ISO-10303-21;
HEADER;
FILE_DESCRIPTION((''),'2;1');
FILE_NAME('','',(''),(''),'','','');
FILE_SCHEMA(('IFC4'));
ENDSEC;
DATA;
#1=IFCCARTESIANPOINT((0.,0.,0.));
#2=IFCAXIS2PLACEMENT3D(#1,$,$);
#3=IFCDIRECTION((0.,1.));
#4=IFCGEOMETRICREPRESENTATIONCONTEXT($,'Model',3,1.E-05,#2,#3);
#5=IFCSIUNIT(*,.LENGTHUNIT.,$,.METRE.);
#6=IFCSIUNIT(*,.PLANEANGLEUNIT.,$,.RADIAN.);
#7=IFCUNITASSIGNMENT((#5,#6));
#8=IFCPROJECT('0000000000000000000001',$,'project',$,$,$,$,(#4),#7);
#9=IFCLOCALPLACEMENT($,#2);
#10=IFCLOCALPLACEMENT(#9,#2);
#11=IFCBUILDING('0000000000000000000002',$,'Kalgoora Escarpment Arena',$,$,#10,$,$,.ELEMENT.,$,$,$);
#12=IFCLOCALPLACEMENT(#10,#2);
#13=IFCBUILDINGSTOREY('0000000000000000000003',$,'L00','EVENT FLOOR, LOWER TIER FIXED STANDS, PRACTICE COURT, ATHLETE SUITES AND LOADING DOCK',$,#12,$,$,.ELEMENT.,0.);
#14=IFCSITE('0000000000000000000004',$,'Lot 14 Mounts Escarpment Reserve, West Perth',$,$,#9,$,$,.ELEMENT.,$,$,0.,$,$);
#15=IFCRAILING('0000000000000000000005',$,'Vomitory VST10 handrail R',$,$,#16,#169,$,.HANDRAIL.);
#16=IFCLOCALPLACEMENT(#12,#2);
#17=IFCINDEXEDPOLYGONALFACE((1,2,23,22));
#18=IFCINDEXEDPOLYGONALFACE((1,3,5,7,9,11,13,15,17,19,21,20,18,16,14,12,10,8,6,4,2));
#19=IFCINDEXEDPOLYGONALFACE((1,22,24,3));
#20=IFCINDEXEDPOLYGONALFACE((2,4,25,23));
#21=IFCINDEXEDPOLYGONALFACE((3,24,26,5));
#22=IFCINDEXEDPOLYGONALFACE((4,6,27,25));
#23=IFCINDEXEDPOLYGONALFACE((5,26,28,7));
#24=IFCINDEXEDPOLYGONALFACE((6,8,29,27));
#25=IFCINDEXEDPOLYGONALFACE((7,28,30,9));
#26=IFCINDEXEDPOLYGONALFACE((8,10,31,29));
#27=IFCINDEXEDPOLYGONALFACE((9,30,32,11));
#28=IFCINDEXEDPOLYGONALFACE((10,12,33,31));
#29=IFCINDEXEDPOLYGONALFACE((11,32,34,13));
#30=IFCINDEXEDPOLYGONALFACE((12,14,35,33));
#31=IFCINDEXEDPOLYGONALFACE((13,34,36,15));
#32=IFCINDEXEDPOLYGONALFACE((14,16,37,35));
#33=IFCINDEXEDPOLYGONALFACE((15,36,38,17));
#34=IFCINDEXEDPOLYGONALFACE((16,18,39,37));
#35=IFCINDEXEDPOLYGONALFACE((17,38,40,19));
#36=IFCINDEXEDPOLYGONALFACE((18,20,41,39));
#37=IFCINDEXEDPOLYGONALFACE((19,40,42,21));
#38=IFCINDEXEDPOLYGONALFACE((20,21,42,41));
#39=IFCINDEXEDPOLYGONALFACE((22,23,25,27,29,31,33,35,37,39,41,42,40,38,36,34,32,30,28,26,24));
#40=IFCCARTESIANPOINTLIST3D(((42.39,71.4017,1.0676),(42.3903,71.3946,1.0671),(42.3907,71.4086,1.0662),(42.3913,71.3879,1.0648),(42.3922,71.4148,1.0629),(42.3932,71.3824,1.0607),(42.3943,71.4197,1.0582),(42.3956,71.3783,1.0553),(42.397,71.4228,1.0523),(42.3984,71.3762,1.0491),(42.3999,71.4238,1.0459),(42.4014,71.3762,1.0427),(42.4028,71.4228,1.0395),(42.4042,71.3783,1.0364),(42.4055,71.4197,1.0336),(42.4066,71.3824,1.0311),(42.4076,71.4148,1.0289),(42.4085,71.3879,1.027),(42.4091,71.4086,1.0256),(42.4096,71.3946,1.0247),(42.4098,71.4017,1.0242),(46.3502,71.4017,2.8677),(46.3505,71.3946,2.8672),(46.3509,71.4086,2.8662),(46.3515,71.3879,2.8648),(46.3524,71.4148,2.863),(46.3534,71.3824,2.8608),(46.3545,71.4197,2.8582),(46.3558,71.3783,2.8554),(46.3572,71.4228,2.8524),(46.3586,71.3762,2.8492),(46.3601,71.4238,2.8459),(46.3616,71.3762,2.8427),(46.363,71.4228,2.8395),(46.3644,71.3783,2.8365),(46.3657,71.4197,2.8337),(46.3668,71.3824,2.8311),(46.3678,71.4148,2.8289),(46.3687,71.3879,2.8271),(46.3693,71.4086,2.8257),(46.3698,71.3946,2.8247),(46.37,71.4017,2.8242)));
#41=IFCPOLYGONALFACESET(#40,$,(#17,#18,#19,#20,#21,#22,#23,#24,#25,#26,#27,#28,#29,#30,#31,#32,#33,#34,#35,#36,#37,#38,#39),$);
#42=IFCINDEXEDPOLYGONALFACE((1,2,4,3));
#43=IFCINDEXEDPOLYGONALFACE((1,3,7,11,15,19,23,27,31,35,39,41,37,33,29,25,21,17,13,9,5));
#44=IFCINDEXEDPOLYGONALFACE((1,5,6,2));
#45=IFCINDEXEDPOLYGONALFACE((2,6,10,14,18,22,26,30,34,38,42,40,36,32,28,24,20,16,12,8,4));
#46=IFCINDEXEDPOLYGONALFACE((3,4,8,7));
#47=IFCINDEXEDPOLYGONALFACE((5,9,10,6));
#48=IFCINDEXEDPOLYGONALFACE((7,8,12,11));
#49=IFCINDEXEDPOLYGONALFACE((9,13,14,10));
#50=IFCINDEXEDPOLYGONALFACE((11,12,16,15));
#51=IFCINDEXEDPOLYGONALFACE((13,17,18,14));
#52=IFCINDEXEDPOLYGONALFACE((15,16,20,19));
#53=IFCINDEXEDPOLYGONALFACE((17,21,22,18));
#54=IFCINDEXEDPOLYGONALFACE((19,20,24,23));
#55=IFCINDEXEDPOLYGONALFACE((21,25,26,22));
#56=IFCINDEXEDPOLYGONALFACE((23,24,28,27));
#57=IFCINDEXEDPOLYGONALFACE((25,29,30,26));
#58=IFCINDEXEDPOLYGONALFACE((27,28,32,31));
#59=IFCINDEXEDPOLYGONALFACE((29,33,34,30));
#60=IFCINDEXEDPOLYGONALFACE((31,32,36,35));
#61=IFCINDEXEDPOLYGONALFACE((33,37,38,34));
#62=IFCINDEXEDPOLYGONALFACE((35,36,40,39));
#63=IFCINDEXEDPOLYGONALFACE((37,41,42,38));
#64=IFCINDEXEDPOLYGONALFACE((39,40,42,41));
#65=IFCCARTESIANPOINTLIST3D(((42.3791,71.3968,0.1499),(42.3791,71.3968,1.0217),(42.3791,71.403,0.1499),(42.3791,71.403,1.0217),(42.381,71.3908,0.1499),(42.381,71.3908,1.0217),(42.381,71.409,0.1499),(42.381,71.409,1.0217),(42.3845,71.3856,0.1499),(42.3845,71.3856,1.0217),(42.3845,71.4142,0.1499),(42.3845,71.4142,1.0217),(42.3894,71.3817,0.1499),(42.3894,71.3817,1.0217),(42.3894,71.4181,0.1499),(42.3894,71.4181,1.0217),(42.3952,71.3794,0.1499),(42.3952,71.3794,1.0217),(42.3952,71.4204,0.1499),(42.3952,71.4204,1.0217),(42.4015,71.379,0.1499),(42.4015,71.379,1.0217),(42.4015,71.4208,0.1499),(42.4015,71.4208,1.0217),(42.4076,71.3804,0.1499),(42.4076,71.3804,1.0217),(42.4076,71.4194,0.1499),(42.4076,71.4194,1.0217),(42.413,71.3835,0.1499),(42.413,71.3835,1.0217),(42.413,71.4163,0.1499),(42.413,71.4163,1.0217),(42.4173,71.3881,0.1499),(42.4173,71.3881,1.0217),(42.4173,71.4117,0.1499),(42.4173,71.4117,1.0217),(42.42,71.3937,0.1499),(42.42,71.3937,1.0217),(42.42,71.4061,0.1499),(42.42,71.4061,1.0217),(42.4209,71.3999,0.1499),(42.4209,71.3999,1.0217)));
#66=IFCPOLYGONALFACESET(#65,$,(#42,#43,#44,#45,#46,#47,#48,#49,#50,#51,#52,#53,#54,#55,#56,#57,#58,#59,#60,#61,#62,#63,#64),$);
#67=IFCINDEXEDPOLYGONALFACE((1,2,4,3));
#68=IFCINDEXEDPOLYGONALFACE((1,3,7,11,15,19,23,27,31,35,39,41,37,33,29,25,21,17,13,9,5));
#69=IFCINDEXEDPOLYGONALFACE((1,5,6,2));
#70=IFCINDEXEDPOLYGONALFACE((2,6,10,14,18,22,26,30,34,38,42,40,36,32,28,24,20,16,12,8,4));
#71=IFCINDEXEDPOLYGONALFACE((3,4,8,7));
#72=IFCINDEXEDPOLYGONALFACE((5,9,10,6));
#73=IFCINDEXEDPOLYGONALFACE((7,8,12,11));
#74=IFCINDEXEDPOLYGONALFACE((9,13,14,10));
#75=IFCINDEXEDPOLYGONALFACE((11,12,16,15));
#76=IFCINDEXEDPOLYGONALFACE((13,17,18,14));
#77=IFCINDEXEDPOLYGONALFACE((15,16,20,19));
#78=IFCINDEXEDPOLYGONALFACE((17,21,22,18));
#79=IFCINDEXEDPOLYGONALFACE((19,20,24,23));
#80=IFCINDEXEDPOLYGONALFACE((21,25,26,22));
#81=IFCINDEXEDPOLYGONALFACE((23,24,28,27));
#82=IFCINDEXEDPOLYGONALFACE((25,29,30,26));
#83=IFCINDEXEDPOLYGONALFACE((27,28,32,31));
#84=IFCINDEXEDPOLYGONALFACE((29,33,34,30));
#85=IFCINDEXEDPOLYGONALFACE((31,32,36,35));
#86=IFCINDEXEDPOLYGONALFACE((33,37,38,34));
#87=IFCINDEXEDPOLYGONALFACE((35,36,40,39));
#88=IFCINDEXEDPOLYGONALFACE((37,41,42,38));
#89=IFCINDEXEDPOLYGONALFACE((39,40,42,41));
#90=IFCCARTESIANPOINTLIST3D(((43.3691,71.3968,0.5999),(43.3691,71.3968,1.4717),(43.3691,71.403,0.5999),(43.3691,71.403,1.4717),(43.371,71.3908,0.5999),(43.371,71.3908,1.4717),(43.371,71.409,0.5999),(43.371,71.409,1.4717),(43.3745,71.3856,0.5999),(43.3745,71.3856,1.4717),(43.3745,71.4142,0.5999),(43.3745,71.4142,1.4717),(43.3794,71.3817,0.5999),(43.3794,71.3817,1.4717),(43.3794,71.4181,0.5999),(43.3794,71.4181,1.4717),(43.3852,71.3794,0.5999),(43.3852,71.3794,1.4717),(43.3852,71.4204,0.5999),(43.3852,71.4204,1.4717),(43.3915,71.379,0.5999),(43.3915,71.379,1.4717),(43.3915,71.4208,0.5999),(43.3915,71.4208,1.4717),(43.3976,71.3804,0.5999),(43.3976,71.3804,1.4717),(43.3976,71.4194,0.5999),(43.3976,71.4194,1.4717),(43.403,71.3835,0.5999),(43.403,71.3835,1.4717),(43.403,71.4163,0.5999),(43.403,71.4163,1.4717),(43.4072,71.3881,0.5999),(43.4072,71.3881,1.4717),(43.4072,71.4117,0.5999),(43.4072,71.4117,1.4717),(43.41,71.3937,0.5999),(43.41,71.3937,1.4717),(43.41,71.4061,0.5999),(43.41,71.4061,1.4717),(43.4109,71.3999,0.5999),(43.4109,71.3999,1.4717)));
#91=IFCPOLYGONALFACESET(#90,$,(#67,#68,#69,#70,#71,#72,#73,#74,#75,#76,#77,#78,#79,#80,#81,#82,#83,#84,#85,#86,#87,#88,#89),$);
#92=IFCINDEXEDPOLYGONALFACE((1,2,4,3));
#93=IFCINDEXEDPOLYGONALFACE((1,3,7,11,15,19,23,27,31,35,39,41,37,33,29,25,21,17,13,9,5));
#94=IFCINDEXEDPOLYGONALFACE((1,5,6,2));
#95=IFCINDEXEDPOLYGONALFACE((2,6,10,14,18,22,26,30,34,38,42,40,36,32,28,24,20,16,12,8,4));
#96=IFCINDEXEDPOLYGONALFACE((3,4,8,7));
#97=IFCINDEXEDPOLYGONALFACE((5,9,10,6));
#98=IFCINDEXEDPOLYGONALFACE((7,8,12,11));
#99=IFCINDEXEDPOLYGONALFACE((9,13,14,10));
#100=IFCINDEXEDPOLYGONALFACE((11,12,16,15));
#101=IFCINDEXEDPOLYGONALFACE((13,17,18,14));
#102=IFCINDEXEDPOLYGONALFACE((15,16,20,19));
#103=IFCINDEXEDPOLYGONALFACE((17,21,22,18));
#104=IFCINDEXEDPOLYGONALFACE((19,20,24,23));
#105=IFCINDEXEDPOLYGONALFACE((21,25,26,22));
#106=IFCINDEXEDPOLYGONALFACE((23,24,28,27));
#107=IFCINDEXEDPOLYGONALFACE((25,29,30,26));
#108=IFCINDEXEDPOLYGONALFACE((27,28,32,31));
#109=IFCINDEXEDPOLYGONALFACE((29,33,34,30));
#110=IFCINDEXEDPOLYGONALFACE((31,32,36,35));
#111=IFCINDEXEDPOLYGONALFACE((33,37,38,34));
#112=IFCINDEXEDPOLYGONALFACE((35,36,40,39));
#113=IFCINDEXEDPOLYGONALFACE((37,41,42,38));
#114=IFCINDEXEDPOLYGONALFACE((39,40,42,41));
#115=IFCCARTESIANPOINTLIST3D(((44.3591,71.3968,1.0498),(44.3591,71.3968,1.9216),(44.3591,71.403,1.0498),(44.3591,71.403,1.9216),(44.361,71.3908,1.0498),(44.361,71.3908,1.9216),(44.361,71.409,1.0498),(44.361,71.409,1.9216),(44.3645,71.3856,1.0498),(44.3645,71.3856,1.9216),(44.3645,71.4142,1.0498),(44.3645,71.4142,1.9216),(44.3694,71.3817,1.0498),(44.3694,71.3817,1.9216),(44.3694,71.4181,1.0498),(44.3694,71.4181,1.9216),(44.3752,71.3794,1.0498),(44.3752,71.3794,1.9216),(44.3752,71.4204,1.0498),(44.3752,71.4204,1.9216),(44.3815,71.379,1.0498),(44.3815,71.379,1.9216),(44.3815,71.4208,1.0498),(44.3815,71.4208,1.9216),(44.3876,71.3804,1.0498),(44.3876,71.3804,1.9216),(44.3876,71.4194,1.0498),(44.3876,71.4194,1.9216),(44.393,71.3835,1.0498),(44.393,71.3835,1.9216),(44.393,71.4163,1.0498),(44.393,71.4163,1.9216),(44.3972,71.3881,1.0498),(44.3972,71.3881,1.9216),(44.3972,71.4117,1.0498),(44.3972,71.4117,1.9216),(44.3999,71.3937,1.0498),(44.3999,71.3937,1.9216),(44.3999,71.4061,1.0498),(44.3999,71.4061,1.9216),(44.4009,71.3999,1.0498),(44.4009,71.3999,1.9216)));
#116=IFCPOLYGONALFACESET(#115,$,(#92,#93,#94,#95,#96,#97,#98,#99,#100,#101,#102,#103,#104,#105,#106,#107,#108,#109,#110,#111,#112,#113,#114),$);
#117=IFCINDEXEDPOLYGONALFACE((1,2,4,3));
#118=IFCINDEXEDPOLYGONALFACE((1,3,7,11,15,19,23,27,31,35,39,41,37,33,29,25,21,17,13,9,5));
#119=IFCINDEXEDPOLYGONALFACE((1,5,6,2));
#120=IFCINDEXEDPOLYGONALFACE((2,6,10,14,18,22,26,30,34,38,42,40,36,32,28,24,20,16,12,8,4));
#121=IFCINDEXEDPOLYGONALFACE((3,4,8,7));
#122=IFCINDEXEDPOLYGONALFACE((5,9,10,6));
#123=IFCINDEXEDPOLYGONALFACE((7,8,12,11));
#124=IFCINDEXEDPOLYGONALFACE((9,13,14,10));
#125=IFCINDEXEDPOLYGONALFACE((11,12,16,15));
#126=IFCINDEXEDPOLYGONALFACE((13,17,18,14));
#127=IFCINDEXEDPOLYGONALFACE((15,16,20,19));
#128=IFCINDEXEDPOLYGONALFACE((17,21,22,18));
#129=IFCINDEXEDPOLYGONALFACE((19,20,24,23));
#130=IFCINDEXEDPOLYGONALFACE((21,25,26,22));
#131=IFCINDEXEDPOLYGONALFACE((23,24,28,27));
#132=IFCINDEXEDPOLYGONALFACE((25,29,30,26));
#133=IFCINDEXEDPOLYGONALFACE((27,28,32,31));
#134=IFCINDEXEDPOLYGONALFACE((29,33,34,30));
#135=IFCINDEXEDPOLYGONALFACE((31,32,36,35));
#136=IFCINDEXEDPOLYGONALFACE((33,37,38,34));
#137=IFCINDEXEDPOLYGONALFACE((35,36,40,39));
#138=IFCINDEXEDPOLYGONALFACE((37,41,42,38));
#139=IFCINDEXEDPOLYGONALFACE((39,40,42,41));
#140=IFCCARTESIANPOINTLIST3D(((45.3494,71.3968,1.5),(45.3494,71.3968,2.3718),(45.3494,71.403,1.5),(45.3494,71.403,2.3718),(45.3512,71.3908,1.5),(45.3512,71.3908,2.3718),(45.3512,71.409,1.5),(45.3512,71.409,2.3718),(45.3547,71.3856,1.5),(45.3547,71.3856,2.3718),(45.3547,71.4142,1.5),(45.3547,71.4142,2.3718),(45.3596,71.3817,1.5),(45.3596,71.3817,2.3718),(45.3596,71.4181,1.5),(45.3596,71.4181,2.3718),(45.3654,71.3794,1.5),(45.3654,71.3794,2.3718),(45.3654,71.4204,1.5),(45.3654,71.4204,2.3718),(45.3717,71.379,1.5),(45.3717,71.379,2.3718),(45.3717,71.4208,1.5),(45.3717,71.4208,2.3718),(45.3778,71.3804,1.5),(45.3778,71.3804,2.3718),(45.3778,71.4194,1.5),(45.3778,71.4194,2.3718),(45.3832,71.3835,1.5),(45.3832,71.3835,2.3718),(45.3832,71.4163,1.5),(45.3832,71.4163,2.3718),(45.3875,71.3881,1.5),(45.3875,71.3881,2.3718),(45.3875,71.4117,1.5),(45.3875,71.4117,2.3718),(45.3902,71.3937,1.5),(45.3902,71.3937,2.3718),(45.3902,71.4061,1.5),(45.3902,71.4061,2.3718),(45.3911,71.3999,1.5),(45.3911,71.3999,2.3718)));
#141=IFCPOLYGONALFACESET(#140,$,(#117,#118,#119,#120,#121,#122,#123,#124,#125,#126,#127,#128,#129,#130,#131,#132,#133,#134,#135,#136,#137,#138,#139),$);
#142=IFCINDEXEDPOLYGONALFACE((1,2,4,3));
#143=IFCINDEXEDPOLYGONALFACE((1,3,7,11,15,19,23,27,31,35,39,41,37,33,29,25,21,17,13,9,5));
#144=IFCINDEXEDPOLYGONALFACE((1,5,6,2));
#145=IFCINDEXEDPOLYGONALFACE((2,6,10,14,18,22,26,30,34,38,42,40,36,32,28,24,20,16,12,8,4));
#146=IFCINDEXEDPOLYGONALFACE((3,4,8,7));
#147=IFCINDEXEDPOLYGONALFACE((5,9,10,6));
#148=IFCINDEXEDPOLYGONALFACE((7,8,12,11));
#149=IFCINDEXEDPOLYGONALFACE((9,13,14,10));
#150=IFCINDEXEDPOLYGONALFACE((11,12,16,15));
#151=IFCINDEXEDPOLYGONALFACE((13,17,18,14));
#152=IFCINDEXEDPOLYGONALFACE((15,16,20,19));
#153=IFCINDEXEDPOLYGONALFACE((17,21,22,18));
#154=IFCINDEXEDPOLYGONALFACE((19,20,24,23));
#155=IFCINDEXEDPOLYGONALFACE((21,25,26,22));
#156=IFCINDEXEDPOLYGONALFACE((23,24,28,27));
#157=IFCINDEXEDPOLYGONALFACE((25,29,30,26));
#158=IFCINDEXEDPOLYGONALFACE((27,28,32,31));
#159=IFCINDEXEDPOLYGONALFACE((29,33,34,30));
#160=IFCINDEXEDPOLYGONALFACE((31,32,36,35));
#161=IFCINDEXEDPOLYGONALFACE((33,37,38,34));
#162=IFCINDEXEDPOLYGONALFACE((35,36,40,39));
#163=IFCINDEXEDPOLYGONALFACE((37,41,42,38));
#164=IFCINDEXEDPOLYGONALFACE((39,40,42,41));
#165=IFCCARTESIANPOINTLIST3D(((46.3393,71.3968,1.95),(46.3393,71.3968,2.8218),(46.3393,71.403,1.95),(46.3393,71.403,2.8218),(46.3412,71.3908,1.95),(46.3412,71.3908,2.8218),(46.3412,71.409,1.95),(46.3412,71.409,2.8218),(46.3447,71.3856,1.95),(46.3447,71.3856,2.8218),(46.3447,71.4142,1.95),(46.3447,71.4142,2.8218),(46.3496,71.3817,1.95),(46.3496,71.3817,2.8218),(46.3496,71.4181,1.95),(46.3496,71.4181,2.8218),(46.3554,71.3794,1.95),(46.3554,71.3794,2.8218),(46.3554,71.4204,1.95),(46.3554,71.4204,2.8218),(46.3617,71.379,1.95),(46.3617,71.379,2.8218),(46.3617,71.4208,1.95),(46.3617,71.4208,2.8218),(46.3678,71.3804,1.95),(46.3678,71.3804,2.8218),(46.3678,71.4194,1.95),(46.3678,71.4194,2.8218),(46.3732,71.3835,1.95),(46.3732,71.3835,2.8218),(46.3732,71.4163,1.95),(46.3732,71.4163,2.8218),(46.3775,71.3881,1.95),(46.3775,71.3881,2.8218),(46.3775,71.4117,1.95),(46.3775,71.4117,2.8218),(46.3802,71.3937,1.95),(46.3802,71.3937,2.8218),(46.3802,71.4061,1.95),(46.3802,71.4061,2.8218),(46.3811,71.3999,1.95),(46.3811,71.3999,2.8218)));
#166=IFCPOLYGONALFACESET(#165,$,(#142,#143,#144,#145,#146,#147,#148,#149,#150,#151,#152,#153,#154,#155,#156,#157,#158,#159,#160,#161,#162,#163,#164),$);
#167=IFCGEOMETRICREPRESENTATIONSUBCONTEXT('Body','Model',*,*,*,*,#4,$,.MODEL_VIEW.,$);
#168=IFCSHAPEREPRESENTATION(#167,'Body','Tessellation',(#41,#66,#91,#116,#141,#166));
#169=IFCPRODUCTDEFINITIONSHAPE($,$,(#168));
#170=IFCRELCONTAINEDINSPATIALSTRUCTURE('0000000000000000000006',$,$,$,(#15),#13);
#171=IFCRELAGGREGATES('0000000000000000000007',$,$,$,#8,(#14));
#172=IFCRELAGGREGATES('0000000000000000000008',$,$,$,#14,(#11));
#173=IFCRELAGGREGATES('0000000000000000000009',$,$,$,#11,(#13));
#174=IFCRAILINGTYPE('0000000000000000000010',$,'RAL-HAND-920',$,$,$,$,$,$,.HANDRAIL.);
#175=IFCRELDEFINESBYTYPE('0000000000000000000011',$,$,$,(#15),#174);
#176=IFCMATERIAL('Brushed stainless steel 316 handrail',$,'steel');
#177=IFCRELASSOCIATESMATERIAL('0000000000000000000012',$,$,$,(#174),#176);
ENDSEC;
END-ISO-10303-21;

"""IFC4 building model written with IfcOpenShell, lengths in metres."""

from ifc_helpers import new_model, si_unit, direction, frame, origin, origin_2d, place, context, subcontext, project, spatial, circle, extrude, material, type_object, element, save


model = new_model("IFC4")

# Units and contexts
model_context = context("Model", 3, precision=1e-05, world=origin(), true_north=direction((0.0, 1.0)))
body_context = subcontext(model_context, "Body", "Model", "MODEL_VIEW")
ifc_project = project(units=[si_unit("LENGTHUNIT", "METRE"), si_unit("PLANEANGLEUNIT", "RADIAN")], contexts=[model_context])

# Site, building, storey
site_placement = place(None, origin())
site = spatial("IfcSite", under=ifc_project, at=site_placement, Name="Lot 14 Mounts Escarpment Reserve, West Perth", CompositionType="ELEMENT", RefElevation=0.0)
building_placement = place(site_placement, origin())
building = spatial("IfcBuilding", under=site, at=building_placement, Name="Kalgoora Escarpment Arena", CompositionType="ELEMENT")
storey_placement = place(building_placement, origin())
storey = spatial("IfcBuildingStorey", under=building, at=storey_placement, Name="L00", Description="EVENT FLOOR, LOWER TIER FIXED STANDS, PRACTICE COURT, ATHLETE SUITES AND LOADING DOCK", CompositionType="ELEMENT", Elevation=0.0)

# Railing
ifc_material_1 = material(Name="Brushed stainless steel 316 handrail", Category="steel")
railing_type_1 = type_object("IfcRailingType", Name="RAL-HAND-920", PredefinedType="HANDRAIL", material=ifc_material_1)
for number, where, name in (
    (1, (42.3999, 71.3999, 0.1499), "Vomitory VST10 handrail R"),
):
    element("IfcRailing", number, at=place(storey_placement, frame(where)), inside=storey, type_object=railing_type_1, Name=name, PredefinedType="HANDRAIL", context=body_context, shape_type="SweptSolid", body=[
        extrude(circle(Radius=0.0239, at=origin_2d()), frame((0.0, 0.0, 0.896), z_axis=(0.91037, 0.0, 0.413794), x_axis=(0.0, 1.0, 0.0)), (0.0, 0.0, 1.0), 4.3501),
        extrude(circle(Radius=0.021, at=origin_2d()), origin(), (0.0, 0.0, 1.0), 0.8718),
        extrude(circle(Radius=0.021, at=origin_2d()), frame((0.99, 0.0, 0.45)), (0.0, 0.0, 1.0), 0.8718),
        extrude(circle(Radius=0.021, at=origin_2d()), frame((1.98, 0.0, 0.8999)), (0.0, 0.0, 1.0), 0.8718),
        extrude(circle(Radius=0.021, at=origin_2d()), frame((2.9702, 0.0, 1.3501)), (0.0, 0.0, 1.0), 0.8718),
        extrude(circle(Radius=0.021, at=origin_2d()), frame((3.9602, 0.0, 1.8)), (0.0, 0.0, 1.0), 0.8718),
    ])

save(model, "model.ifc")
